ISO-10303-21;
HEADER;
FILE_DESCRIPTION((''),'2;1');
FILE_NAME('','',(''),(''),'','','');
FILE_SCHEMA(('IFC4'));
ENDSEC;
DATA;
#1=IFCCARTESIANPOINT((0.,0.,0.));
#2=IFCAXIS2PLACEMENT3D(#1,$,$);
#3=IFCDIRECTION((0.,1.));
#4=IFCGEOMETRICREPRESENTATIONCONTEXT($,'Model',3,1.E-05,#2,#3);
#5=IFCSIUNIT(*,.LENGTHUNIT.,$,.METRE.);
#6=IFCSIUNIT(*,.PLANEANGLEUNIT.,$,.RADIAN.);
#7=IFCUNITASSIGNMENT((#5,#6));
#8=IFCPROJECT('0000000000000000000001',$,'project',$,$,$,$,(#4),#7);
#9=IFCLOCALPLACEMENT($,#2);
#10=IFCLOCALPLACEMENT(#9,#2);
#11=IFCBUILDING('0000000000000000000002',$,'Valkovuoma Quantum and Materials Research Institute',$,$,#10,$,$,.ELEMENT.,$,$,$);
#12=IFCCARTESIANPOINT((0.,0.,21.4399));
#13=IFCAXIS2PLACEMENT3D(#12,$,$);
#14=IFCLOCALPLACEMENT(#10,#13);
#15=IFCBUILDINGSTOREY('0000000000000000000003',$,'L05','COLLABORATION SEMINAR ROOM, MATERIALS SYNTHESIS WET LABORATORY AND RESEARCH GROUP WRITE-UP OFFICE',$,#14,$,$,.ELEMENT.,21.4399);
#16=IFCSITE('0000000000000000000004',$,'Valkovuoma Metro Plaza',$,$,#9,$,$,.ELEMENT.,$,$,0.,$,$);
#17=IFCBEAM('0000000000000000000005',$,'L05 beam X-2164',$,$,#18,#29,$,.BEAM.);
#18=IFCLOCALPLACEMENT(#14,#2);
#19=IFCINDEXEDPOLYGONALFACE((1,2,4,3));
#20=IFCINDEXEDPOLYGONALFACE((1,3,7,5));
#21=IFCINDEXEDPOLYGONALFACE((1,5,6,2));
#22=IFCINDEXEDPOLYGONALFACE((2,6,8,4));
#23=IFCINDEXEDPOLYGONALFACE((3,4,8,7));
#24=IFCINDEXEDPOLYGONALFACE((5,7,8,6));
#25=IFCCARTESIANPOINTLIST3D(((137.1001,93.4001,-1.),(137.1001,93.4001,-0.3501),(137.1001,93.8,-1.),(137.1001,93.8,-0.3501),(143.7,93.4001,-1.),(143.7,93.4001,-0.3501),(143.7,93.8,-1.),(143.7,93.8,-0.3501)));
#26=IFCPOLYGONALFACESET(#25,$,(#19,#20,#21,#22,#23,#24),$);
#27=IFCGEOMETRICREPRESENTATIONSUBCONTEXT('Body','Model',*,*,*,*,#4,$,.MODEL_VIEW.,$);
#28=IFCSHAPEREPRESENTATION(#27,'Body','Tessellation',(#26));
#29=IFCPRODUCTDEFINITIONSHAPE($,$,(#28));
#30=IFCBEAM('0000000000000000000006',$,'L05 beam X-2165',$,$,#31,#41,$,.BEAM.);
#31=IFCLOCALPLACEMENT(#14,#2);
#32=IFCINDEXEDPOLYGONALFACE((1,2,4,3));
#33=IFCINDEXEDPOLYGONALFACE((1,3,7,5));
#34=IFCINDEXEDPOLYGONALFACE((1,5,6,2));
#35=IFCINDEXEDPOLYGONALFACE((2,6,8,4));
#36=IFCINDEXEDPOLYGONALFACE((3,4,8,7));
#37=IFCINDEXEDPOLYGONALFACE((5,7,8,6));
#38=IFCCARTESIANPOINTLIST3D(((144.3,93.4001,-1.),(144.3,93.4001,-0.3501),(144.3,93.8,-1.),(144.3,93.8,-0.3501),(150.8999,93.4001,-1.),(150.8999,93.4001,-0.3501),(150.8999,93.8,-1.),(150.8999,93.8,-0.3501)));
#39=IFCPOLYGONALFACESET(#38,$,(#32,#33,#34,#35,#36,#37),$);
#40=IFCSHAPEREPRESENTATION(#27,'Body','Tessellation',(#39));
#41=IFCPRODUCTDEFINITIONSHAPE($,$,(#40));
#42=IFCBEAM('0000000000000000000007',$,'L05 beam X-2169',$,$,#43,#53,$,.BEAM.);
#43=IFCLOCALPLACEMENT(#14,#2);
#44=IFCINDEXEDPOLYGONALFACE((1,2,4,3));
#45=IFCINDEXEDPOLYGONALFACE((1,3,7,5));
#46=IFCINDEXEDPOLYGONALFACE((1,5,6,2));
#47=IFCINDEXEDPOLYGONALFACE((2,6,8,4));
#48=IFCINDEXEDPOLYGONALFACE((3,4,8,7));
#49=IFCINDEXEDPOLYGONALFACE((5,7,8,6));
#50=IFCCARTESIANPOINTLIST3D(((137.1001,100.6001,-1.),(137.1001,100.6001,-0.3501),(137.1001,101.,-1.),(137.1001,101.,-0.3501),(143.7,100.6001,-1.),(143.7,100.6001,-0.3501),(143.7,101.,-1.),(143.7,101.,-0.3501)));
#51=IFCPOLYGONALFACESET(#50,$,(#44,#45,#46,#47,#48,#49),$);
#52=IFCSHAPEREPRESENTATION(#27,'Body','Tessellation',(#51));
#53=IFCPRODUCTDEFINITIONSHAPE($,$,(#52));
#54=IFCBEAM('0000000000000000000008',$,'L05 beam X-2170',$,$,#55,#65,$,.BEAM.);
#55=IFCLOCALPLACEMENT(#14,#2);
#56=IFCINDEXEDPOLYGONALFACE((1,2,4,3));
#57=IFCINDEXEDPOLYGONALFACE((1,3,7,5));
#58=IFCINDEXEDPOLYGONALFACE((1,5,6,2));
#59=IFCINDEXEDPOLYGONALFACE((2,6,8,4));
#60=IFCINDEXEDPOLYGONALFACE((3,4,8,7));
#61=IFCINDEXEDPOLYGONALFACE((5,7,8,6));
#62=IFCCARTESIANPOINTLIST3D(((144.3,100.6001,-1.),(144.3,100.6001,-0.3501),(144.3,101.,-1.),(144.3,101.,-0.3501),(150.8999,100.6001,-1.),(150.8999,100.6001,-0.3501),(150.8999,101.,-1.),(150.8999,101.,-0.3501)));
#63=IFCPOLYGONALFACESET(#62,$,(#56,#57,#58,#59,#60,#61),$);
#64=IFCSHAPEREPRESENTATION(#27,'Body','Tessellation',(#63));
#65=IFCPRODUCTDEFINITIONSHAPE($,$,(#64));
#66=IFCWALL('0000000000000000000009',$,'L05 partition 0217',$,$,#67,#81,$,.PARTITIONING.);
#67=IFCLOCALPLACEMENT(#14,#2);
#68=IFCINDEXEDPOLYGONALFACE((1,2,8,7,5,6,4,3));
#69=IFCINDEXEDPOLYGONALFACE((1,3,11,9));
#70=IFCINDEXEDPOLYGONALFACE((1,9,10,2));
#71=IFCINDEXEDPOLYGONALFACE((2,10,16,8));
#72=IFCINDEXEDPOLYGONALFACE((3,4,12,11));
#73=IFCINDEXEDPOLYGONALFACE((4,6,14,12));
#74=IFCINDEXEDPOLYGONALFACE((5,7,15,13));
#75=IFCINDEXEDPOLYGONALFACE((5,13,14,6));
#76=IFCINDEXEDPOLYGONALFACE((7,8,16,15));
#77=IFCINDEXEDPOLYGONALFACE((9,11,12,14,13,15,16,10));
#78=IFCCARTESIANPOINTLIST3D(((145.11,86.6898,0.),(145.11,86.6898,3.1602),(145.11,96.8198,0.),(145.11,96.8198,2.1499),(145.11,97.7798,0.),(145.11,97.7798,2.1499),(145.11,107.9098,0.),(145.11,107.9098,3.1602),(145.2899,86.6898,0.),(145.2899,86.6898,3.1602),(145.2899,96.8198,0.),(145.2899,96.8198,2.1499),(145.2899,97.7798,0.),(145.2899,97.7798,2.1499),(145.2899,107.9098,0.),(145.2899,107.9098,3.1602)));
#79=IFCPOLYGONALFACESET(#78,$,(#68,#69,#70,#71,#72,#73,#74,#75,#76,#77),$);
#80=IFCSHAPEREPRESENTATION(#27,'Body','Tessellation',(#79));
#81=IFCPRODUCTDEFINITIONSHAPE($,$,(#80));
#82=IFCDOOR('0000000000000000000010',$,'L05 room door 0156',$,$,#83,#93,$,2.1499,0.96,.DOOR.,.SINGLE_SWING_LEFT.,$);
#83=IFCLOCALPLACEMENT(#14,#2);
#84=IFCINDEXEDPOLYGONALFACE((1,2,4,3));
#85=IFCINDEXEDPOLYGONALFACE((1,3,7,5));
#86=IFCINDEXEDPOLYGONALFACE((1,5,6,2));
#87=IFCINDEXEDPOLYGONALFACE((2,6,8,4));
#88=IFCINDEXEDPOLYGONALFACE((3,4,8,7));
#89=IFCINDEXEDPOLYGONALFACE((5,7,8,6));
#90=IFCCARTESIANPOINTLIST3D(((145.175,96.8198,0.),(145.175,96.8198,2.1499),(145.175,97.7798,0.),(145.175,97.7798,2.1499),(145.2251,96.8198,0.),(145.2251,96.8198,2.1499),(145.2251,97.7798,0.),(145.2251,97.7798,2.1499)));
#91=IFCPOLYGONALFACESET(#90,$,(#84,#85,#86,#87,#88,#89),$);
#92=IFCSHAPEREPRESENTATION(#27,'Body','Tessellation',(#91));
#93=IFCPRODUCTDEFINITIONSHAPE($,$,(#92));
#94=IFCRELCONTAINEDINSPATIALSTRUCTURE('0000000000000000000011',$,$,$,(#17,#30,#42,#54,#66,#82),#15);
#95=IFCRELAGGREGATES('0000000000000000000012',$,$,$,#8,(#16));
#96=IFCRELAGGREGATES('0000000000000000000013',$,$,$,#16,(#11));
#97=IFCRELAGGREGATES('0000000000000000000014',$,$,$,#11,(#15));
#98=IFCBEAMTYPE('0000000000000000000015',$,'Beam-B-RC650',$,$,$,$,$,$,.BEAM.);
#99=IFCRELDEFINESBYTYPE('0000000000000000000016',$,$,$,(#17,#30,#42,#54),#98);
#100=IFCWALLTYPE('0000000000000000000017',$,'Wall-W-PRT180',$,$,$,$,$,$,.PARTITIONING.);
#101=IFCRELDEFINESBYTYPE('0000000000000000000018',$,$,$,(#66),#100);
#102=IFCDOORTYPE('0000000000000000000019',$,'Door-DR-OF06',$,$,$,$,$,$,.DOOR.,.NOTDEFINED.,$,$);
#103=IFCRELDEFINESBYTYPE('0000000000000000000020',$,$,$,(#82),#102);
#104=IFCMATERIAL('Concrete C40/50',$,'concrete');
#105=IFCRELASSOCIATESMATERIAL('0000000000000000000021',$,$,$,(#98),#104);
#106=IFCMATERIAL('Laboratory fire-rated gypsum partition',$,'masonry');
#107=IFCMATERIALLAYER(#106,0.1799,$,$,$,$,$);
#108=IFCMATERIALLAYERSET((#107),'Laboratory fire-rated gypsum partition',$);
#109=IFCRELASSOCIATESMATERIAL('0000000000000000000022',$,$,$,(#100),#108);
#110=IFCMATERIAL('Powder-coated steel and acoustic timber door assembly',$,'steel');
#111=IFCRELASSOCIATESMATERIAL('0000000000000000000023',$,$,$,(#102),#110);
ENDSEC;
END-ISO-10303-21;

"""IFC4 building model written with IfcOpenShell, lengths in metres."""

from ifc_helpers import new_model, si_unit, direction, frame, frame_2d, origin, origin_2d, place, context, subcontext, project, spatial, rectangle, extrude, material, layer, layer_set, material_profile, profile_set, type_object, element, fill, save


model = new_model("IFC4")

# Units and contexts
model_context = context("Model", 3, precision=1e-05, world=origin(), true_north=direction((0.0, 1.0)))
body_context = subcontext(model_context, "Body", "Model", "MODEL_VIEW")
ifc_project = project(units=[si_unit("LENGTHUNIT", "METRE"), si_unit("PLANEANGLEUNIT", "RADIAN")], contexts=[model_context])

# Site, building, storey
site_placement = place(None, origin())
site = spatial("IfcSite", under=ifc_project, at=site_placement, Name="Valkovuoma Metro Plaza", CompositionType="ELEMENT", RefElevation=0.0)
building_placement = place(site_placement, origin())
building = spatial("IfcBuilding", under=site, at=building_placement, Name="Valkovuoma Quantum and Materials Research Institute", CompositionType="ELEMENT")
storey_placement = place(building_placement, frame((0.0, 0.0, 21.4399)))
storey = spatial("IfcBuildingStorey", under=building, at=storey_placement, Name="L05", Description="COLLABORATION SEMINAR ROOM, MATERIALS SYNTHESIS WET LABORATORY AND RESEARCH GROUP WRITE-UP OFFICE", CompositionType="ELEMENT", Elevation=21.4399)

# Beams
ifc_material_1 = material(Name="Concrete C40/50", Category="concrete")
ifc_material_profile_1 = material_profile(ifc_material_1, rectangle(XDim=0.3999, YDim=0.6499, at=origin_2d()), Name="Concrete C40/50")
ifc_profile_set_1 = profile_set([ifc_material_profile_1], Name="Concrete C40/50")
beam_type_1 = type_object("IfcBeamType", Name="Beam-B-RC650", PredefinedType="BEAM", material=ifc_profile_set_1)
for number, where, z_axis, x_axis, name in (
    (1, (137.1001, 93.6001, -0.675), (1.0, 0.0, 0.0), (0.0, 1.0, 0.0), "L05 beam X-2164"),
    (2, (144.3, 93.6001, -0.675), (1.0, 0.0, 0.0), (0.0, 1.0, 0.0), "L05 beam X-2165"),
    (3, (137.1001, 100.8, -0.675), (1.0, 0.0, 0.0), (0.0, 1.0, 0.0), "L05 beam X-2169"),
    (4, (144.3, 100.8, -0.675), (1.0, 0.0, 0.0), (0.0, 1.0, 0.0), "L05 beam X-2170"),
):
    element("IfcBeam", number, at=place(storey_placement, frame(where, z_axis=z_axis, x_axis=x_axis)), inside=storey, type_object=beam_type_1, Name=name, PredefinedType="BEAM", context=body_context, shape_type="SweptSolid", body=[
        extrude(rectangle(XDim=0.3999, YDim=0.6499, at=origin_2d()), origin(), (0.0, 0.0, 1.0), 6.5999),
    ])

# Wall, opening, door
ifc_material_2 = material(Name="Laboratory fire-rated gypsum partition", Category="masonry")
ifc_layer = layer(ifc_material_2, 0.1799)
ifc_layer_set = layer_set([ifc_layer], Name="Laboratory fire-rated gypsum partition")
wall_type = type_object("IfcWallType", Name="Wall-W-PRT180", PredefinedType="PARTITIONING", material=ifc_layer_set)
wall_placement = place(storey_placement, frame((145.2, 86.6899, 0.0), z_axis=(0.0, 0.0, 1.0), x_axis=(0.0, 1.0, 0.0)))
wall = element("IfcWall", 5, at=wall_placement, inside=storey, type_object=wall_type, Name="L05 partition 0217", PredefinedType="PARTITIONING", context=body_context, shape_type="SweptSolid", body=[
    extrude(rectangle(XDim=21.22, YDim=0.1799, at=frame_2d((10.6099, 0.0))), origin(), (0.0, 0.0, 1.0), 3.1602),
])
opening_placement = place(wall_placement, frame((10.1299, 0.0, 0.0)))
opening = element("IfcOpeningElement", 6, at=opening_placement, cuts=wall, PredefinedType="OPENING", context=body_context, shape_type="SweptSolid", body=[
    extrude(rectangle(XDim=0.96, YDim=2.1499, at=frame_2d((0.48, 1.075))), frame((0.0, 0.1001, 0.0), z_axis=(0.0, -1.0, 0.0), x_axis=(1.0, 0.0, 0.0)), (0.0, 0.0, 1.0), 0.2),
])
ifc_material_3 = material(Name="Powder-coated steel and acoustic timber door assembly", Category="steel")
door_type = type_object("IfcDoorType", Name="Door-DR-OF06", OperationType="NOTDEFINED", PredefinedType="DOOR", material=ifc_material_3)
door_placement = place(opening_placement, origin())
door = element("IfcDoor", 7, at=door_placement, inside=storey, type_object=door_type, Name="L05 room door 0156", OperationType="SINGLE_SWING_LEFT", OverallHeight=2.1499, OverallWidth=0.96, PredefinedType="DOOR", context=body_context, shape_type="SweptSolid", body=[
    extrude(rectangle(XDim=0.96, YDim=2.1499, at=frame_2d((0.48, 1.075))), frame((0.0, 0.0249, 0.0), z_axis=(0.0, -1.0, 0.0), x_axis=(1.0, 0.0, 0.0)), (0.0, 0.0, 1.0), 0.05),
])
fill(opening, door)

save(model, "model.ifc")
